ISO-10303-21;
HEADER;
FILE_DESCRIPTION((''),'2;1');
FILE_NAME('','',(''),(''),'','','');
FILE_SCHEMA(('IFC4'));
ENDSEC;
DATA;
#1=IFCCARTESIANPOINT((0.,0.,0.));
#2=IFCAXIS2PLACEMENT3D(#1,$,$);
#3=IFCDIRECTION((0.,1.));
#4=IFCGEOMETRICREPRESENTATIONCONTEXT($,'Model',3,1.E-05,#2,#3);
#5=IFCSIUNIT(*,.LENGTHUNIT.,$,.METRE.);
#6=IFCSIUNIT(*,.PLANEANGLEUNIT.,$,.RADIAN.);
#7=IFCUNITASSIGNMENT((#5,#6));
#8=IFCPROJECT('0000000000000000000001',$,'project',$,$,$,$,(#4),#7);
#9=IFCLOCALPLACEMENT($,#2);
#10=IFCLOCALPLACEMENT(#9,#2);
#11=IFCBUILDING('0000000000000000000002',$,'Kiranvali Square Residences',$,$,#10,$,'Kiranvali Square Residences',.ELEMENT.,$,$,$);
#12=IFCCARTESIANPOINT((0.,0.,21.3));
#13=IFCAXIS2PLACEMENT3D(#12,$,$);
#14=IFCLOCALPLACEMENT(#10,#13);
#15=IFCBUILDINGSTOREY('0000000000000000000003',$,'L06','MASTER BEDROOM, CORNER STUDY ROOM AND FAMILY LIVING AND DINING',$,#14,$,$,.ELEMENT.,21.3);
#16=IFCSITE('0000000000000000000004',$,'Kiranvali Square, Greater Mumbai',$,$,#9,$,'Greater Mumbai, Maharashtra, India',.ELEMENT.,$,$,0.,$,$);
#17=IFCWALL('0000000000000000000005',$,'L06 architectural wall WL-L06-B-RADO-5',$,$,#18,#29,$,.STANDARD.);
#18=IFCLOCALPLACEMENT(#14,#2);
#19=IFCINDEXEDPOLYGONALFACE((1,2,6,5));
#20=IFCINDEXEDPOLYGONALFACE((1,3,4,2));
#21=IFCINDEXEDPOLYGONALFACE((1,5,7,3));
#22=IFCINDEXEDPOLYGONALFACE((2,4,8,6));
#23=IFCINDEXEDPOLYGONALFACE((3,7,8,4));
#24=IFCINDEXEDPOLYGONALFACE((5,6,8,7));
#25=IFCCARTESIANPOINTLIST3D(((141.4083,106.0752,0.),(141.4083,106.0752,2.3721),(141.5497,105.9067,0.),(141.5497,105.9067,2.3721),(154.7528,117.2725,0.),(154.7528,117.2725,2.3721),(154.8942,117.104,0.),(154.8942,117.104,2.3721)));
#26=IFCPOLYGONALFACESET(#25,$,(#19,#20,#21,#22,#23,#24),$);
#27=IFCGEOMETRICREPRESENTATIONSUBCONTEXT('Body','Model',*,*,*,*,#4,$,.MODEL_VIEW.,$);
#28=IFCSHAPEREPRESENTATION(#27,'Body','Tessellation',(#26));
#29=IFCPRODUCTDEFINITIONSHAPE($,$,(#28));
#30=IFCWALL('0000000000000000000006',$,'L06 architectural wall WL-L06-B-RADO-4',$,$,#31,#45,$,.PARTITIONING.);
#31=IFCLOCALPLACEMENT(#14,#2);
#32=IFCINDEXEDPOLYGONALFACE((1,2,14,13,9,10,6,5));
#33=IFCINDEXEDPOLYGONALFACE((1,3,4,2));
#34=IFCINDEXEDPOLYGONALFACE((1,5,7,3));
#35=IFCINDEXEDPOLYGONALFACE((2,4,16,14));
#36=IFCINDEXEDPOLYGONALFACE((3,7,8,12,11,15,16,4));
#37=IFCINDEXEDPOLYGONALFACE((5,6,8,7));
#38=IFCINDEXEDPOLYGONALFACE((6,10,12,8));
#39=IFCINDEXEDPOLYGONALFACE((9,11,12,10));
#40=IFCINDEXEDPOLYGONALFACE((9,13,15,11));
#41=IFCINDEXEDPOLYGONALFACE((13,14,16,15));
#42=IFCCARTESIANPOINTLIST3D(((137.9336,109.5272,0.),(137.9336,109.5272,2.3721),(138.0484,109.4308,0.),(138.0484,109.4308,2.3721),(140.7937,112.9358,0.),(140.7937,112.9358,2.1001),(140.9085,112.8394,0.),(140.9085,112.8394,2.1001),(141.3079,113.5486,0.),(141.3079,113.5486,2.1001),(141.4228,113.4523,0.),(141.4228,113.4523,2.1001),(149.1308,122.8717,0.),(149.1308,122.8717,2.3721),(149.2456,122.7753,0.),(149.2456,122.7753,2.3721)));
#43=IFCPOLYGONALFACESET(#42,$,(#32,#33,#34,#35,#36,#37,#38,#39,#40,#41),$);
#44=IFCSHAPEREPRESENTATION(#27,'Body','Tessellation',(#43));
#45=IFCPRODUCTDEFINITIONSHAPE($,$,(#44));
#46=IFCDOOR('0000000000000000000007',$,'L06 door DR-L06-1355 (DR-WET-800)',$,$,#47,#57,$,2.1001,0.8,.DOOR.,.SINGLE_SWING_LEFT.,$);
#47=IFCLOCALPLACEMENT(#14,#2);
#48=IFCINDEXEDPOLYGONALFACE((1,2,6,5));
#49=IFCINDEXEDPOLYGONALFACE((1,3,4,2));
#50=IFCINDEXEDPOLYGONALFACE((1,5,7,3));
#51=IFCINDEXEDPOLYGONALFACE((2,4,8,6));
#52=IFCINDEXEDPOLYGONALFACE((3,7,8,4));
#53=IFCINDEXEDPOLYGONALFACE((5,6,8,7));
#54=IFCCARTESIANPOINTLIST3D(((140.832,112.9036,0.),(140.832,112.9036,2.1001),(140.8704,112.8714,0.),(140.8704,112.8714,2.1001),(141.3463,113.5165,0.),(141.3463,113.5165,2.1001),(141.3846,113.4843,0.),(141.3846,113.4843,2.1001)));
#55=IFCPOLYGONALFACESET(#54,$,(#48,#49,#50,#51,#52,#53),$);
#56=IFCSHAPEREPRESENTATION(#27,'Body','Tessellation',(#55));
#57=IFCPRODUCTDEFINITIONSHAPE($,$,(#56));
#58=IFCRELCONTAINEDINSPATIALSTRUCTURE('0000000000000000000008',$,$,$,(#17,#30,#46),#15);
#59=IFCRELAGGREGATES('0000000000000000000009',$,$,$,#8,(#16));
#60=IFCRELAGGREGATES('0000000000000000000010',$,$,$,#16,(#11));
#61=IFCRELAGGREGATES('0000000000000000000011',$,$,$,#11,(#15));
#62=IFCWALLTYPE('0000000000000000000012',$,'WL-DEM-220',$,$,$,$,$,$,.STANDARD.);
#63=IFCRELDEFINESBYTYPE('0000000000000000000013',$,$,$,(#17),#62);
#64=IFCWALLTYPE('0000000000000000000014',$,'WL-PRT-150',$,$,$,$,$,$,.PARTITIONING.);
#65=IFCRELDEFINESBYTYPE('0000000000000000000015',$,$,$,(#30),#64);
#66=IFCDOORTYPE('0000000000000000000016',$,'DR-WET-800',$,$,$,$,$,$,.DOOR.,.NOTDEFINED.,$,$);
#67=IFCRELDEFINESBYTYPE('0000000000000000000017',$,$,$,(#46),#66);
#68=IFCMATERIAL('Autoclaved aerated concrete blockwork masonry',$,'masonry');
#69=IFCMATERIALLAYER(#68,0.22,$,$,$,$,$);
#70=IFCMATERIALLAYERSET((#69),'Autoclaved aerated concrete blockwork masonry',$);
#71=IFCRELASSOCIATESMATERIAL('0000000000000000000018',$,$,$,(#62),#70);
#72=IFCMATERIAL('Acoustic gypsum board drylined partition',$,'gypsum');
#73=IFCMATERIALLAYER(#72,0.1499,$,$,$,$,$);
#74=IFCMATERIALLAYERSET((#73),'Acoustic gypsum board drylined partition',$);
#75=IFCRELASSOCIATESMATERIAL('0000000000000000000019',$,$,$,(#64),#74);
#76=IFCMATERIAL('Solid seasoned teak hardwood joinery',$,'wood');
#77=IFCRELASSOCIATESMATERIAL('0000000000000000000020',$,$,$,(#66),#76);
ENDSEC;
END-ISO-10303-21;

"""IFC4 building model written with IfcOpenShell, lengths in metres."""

from ifc_helpers import new_model, si_unit, direction, frame, frame_2d, origin, place, context, subcontext, project, spatial, rectangle, extrude, material, layer, layer_set, type_object, element, fill, save


model = new_model("IFC4")

# Units and contexts
model_context = context("Model", 3, precision=1e-05, world=origin(), true_north=direction((0.0, 1.0)))
body_context = subcontext(model_context, "Body", "Model", "MODEL_VIEW")
ifc_project = project(units=[si_unit("LENGTHUNIT", "METRE"), si_unit("PLANEANGLEUNIT", "RADIAN")], contexts=[model_context])

# Site, building, storey
site_placement = place(None, origin())
site = spatial("IfcSite", under=ifc_project, at=site_placement, Name="Kiranvali Square, Greater Mumbai", LongName="Greater Mumbai, Maharashtra, India", CompositionType="ELEMENT", RefElevation=0.0)
building_placement = place(site_placement, origin())
building = spatial("IfcBuilding", under=site, at=building_placement, Name="Kiranvali Square Residences", LongName="Kiranvali Square Residences", CompositionType="ELEMENT")
storey_placement = place(building_placement, frame((0.0, 0.0, 21.3)))
storey = spatial("IfcBuildingStorey", under=building, at=storey_placement, Name="L06", Description="MASTER BEDROOM, CORNER STUDY ROOM AND FAMILY LIVING AND DINING", CompositionType="ELEMENT", Elevation=21.3)

# Shared definitions
ifc_material_1 = material(Name="Autoclaved aerated concrete blockwork masonry", Category="masonry")

# Wall
ifc_layer_1 = layer(ifc_material_1, 0.22)
ifc_layer_set_1 = layer_set([ifc_layer_1], Name="Autoclaved aerated concrete blockwork masonry")
wall_type_1 = type_object("IfcWallType", Name="WL-DEM-220", PredefinedType="STANDARD", material=ifc_layer_set_1)
wall_1_placement = place(storey_placement, frame((141.479, 105.991, 0.0), z_axis=(0.0, 0.0, 1.0), x_axis=(0.766047, 0.642785, 0.0)))
element("IfcWall", 1, at=wall_1_placement, inside=storey, type_object=wall_type_1, Name="L06 architectural wall WL-L06-B-RADO-5", PredefinedType="STANDARD", context=body_context, shape_type="SweptSolid", body=[
    extrude(rectangle(XDim=17.4199, YDim=0.22, at=frame_2d((8.71, 0.0))), origin(), (0.0, 0.0, 1.0), 2.3721),
])

# Wall, opening, door
ifc_material_2 = material(Name="Acoustic gypsum board drylined partition", Category="gypsum")
ifc_layer_2 = layer(ifc_material_2, 0.1499)
ifc_layer_set_2 = layer_set([ifc_layer_2], Name="Acoustic gypsum board drylined partition")
wall_type_2 = type_object("IfcWallType", Name="WL-PRT-150", PredefinedType="PARTITIONING", material=ifc_layer_set_2)
wall_2_placement = place(storey_placement, frame((137.991, 109.479, 0.0), z_axis=(0.0, 0.0, 1.0), x_axis=(0.642785, 0.766047, 0.0)))
wall_2 = element("IfcWall", 2, at=wall_2_placement, inside=storey, type_object=wall_type_2, Name="L06 architectural wall WL-L06-B-RADO-4", PredefinedType="PARTITIONING", context=body_context, shape_type="SweptSolid", body=[
    extrude(rectangle(XDim=17.4199, YDim=0.1499, at=frame_2d((8.71, 0.0))), origin(), (0.0, 0.0, 1.0), 2.3721),
])
opening_1_placement = place(wall_2_placement, frame((4.4497, 0.0, 0.0)))
opening_1 = element("IfcOpeningElement", 3, at=opening_1_placement, cuts=wall_2, PredefinedType="OPENING", context=body_context, shape_type="SweptSolid", body=[
    extrude(rectangle(XDim=0.8, YDim=2.1001, at=frame_2d((0.3999, 1.05))), frame((0.0, 0.085, 0.0), z_axis=(0.0, -1.0, 0.0), x_axis=(1.0, 0.0, 0.0)), (0.0, 0.0, 1.0), 0.1699),
])
ifc_material_3 = material(Name="Solid seasoned teak hardwood joinery", Category="wood")
door_type_1 = type_object("IfcDoorType", Name="DR-WET-800", OperationType="NOTDEFINED", PredefinedType="DOOR", material=ifc_material_3)
door_1_placement = place(opening_1_placement, origin())
door_1 = element("IfcDoor", 4, at=door_1_placement, inside=storey, type_object=door_type_1, Name="L06 door DR-L06-1355 (DR-WET-800)", OperationType="SINGLE_SWING_LEFT", OverallHeight=2.1001, OverallWidth=0.8, PredefinedType="DOOR", context=body_context, shape_type="SweptSolid", body=[
    extrude(rectangle(XDim=0.8, YDim=2.1001, at=frame_2d((0.3999, 1.05))), frame((0.0, 0.0249, 0.0), z_axis=(0.0, -1.0, 0.0), x_axis=(1.0, 0.0, 0.0)), (0.0, 0.0, 1.0), 0.05),
])
fill(opening_1, door_1)

save(model, "model.ifc")
